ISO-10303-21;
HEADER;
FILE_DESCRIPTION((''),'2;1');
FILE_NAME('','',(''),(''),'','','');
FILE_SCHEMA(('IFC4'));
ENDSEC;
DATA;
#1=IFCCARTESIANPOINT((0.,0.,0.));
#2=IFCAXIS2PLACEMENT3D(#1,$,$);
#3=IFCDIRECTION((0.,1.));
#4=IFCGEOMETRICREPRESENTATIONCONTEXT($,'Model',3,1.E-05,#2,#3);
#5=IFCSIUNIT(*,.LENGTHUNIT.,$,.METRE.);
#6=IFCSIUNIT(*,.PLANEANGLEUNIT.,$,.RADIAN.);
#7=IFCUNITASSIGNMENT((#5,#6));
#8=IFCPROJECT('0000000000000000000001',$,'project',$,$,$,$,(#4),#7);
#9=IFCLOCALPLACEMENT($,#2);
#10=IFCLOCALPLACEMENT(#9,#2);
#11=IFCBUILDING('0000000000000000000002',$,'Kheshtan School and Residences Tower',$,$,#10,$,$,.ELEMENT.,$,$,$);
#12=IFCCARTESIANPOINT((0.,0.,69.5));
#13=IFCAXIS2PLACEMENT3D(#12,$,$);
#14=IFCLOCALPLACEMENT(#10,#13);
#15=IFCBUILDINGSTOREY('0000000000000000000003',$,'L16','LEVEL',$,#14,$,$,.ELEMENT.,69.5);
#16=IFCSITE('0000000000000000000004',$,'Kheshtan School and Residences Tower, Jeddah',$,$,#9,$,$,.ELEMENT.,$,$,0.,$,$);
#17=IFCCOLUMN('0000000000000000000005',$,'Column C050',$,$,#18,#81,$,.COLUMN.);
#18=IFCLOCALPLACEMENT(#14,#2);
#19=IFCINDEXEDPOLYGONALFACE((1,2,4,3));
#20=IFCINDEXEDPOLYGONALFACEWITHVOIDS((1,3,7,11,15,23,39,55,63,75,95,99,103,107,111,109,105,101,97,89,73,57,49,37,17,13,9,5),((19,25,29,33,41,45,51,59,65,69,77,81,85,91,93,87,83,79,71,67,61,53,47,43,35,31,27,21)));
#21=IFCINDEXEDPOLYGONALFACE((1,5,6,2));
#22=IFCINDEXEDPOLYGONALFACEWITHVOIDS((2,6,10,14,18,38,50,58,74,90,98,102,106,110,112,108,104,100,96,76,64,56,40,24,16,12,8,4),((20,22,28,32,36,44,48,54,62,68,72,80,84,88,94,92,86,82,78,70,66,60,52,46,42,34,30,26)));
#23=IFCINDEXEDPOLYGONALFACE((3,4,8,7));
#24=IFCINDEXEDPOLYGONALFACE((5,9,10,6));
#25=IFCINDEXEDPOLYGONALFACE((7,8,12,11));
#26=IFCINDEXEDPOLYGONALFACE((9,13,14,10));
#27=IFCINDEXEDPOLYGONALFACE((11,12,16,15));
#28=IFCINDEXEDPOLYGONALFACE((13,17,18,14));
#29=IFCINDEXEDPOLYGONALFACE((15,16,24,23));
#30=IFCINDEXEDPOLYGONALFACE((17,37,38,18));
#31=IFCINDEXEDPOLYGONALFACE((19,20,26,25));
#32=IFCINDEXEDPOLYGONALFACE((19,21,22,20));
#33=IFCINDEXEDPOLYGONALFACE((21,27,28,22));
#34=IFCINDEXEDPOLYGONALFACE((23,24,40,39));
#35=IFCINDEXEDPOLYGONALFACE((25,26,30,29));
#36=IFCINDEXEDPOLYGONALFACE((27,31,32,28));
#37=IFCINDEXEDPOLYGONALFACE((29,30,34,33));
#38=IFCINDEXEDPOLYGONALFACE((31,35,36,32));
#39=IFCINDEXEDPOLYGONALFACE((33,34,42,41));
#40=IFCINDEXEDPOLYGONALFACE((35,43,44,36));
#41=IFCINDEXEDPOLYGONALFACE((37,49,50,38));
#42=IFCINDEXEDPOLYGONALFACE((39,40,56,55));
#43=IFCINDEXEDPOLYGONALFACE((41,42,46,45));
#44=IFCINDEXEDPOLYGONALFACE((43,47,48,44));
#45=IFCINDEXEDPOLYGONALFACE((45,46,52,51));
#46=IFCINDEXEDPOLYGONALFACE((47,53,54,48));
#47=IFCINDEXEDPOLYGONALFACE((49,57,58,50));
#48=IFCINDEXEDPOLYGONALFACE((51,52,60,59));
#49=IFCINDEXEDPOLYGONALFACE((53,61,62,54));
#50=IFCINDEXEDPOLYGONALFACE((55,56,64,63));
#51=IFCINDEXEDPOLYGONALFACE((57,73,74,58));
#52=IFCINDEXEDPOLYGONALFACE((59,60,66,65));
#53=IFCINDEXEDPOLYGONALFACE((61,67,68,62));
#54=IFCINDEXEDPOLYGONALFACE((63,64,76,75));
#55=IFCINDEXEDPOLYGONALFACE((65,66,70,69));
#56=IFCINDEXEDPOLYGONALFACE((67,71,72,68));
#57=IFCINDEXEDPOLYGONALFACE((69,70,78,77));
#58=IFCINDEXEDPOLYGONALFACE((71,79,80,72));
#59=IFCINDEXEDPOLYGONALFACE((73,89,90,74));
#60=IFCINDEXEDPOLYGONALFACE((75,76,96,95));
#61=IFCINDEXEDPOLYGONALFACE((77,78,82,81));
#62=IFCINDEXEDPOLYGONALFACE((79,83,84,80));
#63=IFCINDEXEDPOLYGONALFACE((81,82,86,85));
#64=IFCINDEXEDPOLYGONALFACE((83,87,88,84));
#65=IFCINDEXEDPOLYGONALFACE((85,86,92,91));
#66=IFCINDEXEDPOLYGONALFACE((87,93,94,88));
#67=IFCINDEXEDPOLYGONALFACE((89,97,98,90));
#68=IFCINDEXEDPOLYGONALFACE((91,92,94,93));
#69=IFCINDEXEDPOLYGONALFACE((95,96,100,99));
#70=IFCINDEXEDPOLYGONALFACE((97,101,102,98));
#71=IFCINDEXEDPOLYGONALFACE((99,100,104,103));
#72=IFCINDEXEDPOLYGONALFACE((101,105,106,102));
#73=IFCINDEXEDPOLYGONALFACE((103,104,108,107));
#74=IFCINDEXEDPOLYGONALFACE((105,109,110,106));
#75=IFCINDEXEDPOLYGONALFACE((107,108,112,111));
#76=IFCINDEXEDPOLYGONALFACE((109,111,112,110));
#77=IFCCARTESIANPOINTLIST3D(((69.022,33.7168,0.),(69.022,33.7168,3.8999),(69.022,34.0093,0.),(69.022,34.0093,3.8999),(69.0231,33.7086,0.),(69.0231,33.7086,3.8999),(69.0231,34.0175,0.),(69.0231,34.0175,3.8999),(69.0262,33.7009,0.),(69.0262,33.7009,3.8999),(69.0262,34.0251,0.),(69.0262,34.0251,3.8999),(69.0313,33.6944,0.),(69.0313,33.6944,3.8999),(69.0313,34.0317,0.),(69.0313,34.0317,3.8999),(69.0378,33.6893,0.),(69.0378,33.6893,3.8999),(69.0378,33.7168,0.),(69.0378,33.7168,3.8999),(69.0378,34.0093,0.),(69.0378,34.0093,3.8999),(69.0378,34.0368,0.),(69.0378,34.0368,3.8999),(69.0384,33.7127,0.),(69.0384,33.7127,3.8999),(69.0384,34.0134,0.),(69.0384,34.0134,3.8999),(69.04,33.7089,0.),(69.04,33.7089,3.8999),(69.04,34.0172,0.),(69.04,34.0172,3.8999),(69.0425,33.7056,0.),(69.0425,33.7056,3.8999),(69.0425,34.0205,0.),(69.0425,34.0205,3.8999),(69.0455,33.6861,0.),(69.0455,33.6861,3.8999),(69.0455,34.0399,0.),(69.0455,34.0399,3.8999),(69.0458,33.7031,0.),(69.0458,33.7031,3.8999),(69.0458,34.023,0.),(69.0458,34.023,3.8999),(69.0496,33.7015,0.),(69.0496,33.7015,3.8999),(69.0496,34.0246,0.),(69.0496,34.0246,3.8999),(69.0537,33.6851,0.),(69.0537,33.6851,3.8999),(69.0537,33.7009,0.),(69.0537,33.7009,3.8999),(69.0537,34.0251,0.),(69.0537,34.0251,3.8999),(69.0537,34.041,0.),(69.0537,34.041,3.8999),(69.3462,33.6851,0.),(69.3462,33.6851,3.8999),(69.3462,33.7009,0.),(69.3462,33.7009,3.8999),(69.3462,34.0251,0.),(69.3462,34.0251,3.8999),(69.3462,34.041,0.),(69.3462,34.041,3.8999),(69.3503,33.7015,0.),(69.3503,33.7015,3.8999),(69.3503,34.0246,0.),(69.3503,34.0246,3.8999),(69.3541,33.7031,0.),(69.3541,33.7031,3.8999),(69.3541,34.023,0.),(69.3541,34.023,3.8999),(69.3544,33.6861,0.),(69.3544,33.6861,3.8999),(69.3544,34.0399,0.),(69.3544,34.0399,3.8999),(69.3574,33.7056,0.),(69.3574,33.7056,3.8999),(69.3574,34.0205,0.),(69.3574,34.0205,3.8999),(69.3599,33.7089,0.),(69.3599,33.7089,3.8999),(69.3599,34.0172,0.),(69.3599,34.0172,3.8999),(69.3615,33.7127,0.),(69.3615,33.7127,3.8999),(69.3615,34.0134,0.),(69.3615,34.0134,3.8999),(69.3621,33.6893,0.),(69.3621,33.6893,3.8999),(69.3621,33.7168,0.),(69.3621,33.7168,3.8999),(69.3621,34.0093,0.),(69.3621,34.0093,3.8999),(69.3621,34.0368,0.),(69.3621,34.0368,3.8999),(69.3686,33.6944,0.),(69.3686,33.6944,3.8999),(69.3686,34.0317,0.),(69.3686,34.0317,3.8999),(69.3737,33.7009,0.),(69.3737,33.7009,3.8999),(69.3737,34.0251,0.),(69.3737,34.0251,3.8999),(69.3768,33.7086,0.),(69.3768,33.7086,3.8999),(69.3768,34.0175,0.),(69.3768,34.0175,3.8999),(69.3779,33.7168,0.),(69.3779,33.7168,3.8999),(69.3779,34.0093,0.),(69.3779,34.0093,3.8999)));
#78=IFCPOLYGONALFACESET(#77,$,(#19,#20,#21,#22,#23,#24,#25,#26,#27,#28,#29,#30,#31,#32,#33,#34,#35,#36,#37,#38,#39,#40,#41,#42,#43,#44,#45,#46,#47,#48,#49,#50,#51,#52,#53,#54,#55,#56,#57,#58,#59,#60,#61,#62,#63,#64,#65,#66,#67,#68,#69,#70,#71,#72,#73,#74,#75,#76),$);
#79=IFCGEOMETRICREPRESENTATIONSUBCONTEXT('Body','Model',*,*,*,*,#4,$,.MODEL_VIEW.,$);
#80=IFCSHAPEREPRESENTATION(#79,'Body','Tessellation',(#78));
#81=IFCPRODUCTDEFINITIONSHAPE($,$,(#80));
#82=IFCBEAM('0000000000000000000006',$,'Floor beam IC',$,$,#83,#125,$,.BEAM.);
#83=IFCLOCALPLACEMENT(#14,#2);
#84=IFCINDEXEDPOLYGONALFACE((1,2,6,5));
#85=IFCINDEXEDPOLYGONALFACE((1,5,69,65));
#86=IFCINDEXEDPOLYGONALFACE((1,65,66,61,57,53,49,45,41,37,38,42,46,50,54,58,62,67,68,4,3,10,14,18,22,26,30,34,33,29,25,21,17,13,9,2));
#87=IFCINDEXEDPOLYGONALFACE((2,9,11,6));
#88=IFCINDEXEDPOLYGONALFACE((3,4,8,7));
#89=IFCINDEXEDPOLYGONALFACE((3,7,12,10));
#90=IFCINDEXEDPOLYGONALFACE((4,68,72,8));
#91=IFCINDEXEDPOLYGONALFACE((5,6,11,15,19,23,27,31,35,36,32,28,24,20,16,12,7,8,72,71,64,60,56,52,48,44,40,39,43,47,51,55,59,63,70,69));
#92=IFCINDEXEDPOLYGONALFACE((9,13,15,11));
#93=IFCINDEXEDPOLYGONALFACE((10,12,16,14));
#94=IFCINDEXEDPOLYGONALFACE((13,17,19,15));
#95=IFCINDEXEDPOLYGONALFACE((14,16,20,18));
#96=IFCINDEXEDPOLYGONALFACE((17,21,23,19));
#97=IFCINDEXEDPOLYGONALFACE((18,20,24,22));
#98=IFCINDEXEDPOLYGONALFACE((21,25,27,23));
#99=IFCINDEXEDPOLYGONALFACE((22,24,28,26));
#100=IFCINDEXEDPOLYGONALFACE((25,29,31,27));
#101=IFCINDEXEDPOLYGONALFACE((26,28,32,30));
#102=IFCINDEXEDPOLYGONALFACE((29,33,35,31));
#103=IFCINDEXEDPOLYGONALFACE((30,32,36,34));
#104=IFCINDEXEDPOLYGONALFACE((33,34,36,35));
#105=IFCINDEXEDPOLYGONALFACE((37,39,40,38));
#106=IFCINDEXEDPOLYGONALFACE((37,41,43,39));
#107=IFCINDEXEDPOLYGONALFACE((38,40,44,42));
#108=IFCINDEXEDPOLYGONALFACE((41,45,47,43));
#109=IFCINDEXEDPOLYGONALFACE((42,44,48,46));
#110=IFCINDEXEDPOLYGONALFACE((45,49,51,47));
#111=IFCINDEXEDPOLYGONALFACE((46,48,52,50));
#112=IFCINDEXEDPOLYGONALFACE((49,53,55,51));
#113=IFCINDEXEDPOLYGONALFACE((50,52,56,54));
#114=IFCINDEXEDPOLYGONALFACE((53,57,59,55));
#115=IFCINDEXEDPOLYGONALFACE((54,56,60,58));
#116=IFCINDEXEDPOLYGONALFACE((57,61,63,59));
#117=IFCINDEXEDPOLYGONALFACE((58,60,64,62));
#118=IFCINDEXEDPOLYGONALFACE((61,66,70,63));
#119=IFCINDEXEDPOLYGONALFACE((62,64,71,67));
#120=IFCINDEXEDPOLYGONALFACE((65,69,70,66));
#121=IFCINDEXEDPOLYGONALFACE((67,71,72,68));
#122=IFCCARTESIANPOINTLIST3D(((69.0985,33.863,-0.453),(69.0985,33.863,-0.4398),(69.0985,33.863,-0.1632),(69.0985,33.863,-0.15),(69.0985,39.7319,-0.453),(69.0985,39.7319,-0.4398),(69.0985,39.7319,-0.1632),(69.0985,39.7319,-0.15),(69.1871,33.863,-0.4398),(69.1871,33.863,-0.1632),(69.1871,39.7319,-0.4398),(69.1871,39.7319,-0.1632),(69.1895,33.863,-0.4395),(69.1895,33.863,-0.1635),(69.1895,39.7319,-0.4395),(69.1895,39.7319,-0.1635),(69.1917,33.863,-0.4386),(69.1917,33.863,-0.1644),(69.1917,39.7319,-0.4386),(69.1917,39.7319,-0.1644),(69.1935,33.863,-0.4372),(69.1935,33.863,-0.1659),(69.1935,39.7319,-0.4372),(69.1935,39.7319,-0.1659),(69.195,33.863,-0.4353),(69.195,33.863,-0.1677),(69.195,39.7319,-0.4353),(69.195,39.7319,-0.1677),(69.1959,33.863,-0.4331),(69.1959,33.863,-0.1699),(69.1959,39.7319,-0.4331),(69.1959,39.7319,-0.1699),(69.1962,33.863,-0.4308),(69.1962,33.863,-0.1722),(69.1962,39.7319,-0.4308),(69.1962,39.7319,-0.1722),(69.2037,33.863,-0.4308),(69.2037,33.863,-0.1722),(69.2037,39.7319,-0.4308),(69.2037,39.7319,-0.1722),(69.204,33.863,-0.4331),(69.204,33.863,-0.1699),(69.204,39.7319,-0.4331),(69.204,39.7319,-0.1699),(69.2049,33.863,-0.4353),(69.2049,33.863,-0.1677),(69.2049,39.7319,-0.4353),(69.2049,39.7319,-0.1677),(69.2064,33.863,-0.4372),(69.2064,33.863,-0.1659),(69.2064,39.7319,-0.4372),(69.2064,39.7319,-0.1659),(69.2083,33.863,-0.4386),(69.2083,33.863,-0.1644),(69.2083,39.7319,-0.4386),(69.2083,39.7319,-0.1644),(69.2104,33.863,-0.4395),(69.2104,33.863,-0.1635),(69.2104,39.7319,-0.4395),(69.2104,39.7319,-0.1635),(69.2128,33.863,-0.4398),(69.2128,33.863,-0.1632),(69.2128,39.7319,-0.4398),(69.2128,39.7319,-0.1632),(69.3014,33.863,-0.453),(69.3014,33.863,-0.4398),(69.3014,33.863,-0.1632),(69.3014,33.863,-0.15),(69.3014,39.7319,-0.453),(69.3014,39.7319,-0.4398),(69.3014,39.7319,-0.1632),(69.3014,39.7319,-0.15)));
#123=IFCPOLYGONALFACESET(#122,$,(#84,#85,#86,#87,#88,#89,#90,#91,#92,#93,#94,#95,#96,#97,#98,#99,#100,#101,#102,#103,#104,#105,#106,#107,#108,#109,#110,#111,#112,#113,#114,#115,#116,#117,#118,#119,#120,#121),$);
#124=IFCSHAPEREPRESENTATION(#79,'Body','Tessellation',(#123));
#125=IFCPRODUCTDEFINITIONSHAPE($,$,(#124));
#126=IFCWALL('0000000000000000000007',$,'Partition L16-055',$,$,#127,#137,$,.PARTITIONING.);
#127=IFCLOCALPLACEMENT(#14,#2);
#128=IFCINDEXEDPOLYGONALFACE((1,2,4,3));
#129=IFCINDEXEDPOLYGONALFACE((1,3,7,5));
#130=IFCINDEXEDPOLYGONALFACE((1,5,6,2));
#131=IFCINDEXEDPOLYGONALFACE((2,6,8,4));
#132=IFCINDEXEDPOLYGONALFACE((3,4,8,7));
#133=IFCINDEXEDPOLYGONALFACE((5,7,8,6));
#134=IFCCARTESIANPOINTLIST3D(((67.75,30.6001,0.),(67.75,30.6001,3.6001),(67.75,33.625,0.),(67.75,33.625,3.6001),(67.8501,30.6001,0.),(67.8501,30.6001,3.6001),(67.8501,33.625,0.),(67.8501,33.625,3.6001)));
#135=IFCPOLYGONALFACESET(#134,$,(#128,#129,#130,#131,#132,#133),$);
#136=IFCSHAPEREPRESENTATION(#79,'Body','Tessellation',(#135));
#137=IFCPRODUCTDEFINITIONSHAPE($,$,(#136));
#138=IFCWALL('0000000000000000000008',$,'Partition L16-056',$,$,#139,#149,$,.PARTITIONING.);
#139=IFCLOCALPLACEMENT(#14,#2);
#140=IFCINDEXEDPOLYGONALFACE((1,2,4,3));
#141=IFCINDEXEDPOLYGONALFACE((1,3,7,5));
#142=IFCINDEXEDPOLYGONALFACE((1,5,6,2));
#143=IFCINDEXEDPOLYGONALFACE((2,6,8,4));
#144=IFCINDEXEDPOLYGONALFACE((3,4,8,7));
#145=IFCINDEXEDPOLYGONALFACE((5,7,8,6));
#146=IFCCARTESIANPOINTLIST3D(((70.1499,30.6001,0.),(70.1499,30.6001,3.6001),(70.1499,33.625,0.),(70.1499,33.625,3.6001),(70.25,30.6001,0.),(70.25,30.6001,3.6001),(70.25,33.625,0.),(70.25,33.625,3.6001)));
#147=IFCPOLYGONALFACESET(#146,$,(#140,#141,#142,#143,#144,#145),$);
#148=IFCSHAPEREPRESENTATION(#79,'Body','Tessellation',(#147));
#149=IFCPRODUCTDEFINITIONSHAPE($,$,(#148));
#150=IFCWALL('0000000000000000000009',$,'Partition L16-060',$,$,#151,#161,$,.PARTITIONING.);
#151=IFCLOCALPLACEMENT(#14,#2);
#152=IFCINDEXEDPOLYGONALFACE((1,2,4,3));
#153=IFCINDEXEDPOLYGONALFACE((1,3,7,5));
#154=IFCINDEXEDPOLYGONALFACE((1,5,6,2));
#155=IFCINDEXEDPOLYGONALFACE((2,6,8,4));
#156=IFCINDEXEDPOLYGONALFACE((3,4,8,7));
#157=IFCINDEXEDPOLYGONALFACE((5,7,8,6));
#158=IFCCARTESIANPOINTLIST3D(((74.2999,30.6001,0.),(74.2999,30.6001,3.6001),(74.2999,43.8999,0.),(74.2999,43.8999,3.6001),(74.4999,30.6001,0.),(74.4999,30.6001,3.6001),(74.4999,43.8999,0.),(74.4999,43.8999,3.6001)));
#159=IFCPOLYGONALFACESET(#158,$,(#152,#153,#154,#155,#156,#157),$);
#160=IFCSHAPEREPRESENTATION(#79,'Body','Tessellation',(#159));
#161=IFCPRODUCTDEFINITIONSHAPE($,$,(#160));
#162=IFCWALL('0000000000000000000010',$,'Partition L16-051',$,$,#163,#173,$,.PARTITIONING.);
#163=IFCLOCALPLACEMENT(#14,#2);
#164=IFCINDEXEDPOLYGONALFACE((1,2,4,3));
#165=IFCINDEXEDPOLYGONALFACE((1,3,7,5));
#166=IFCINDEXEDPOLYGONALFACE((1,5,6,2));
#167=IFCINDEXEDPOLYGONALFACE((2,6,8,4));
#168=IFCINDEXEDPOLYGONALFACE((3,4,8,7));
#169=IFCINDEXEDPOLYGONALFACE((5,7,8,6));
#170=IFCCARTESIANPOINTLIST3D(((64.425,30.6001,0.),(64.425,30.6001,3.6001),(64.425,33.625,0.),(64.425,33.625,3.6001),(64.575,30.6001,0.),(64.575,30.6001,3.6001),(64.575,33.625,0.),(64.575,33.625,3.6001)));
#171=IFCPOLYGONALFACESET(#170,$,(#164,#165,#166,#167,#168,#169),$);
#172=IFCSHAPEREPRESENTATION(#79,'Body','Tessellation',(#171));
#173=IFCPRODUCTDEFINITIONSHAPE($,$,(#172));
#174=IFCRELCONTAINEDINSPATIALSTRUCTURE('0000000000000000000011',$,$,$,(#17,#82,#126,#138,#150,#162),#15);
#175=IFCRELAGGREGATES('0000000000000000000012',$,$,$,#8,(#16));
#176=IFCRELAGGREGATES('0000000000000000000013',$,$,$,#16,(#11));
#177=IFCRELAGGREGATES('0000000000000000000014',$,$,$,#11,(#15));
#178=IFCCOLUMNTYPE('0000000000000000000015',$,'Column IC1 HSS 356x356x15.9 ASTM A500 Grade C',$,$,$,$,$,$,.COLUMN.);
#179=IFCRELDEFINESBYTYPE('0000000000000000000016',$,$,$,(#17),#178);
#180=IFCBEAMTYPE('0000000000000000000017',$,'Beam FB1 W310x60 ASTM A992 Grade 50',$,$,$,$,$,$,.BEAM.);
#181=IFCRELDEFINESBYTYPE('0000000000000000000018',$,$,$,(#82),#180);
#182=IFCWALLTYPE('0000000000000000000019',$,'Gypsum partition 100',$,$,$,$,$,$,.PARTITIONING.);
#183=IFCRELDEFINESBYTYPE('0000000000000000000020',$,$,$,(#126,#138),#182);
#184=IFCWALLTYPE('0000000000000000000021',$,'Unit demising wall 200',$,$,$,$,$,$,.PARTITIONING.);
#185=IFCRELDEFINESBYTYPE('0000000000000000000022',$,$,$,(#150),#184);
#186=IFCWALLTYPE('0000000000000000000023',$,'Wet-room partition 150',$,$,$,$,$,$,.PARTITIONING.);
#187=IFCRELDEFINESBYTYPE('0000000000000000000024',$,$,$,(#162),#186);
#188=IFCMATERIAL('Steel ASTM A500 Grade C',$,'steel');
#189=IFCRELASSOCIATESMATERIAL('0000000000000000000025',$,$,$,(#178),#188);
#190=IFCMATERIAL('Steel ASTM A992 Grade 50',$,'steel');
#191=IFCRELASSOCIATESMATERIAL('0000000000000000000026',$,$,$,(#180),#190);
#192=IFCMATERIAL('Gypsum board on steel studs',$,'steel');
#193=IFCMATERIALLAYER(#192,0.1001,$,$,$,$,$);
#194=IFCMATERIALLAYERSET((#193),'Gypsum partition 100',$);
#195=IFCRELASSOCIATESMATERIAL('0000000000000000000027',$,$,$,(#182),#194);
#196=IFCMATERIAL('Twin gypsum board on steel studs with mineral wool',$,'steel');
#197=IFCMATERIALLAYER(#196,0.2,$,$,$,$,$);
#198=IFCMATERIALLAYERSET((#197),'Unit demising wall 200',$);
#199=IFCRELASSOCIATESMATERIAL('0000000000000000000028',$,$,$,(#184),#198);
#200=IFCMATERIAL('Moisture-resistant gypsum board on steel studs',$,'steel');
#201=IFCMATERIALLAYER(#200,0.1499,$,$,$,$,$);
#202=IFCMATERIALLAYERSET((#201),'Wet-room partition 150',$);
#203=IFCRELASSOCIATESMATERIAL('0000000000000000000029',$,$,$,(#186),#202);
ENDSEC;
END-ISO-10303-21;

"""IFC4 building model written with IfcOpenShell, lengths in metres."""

from ifc_helpers import new_model, si_unit, direction, frame, frame_2d, origin, origin_2d, place, context, subcontext, project, spatial, rectangle, hollow_rectangle, i_section, extrude, material, layer, layer_set, material_profile, profile_set, type_object, element, save


model = new_model("IFC4")

# Units and contexts
model_context = context("Model", 3, precision=1e-05, world=origin(), true_north=direction((0.0, 1.0)))
body_context = subcontext(model_context, "Body", "Model", "MODEL_VIEW")
ifc_project = project(units=[si_unit("LENGTHUNIT", "METRE"), si_unit("PLANEANGLEUNIT", "RADIAN")], contexts=[model_context])

# Site, building, storey
site_placement = place(None, origin())
site = spatial("IfcSite", under=ifc_project, at=site_placement, Name="Kheshtan School and Residences Tower, Jeddah", CompositionType="ELEMENT", RefElevation=0.0)
building_placement = place(site_placement, origin())
building = spatial("IfcBuilding", under=site, at=building_placement, Name="Kheshtan School and Residences Tower", CompositionType="ELEMENT")
storey_placement = place(building_placement, frame((0.0, 0.0, 69.5)))
storey = spatial("IfcBuildingStorey", under=building, at=storey_placement, Name="L16", Description="LEVEL", CompositionType="ELEMENT", Elevation=69.5)

# Column
ifc_material_1 = material(Name="Steel ASTM A500 Grade C", Category="steel")
ifc_material_profile_1 = material_profile(ifc_material_1, hollow_rectangle(XDim=0.356, YDim=0.356, WallThickness=0.0159, InnerFilletRadius=0.0159, OuterFilletRadius=0.0317, at=origin_2d()), Name="HSS 356x356x15.9")
ifc_profile_set_1 = profile_set([ifc_material_profile_1], Name="Steel ASTM A500 Grade C")
column_type = type_object("IfcColumnType", Name="Column IC1 HSS 356x356x15.9 ASTM A500 Grade C", PredefinedType="COLUMN", material=ifc_profile_set_1)
column_placement = place(storey_placement, frame((69.2, 33.863, 0.0), z_axis=(0.0, 0.0, 1.0), x_axis=(1.0, 0.0, 0.0)))
element("IfcColumn", 1, at=column_placement, inside=storey, type_object=column_type, Name="Column C050", PredefinedType="COLUMN", context=body_context, shape_type="SweptSolid", body=[
    extrude(hollow_rectangle(XDim=0.356, YDim=0.356, WallThickness=0.0159, InnerFilletRadius=0.0159, OuterFilletRadius=0.0317, at=origin_2d()), origin(), (0.0, 0.0, 1.0), 3.8999),
])

# Beam
ifc_material_2 = material(Name="Steel ASTM A992 Grade 50", Category="steel")
ifc_material_profile_2 = material_profile(ifc_material_2, i_section(OverallWidth=0.2029, OverallDepth=0.303, WebThickness=0.0076, FlangeThickness=0.0132, FilletRadius=0.009, at=origin_2d()), Name="W310x60")
ifc_profile_set_2 = profile_set([ifc_material_profile_2], Name="Steel ASTM A992 Grade 50")
beam_type = type_object("IfcBeamType", Name="Beam FB1 W310x60 ASTM A992 Grade 50", PredefinedType="BEAM", material=ifc_profile_set_2)
beam_placement = place(storey_placement, frame((69.2, 33.863, -0.3015), z_axis=(0.0, 1.0, 0.0), x_axis=(-1.0, 0.0, 0.0)))
element("IfcBeam", 2, at=beam_placement, inside=storey, type_object=beam_type, Name="Floor beam IC", PredefinedType="BEAM", context=body_context, shape_type="SweptSolid", body=[
    extrude(i_section(OverallWidth=0.2029, OverallDepth=0.303, WebThickness=0.0076, FlangeThickness=0.0132, FilletRadius=0.009, at=origin_2d()), origin(), (0.0, 0.0, 1.0), 5.8689),
])

# Walls
ifc_material_3 = material(Name="Gypsum board on steel studs", Category="steel")
ifc_layer_1 = layer(ifc_material_3, 0.1001)
ifc_layer_set_1 = layer_set([ifc_layer_1], Name="Gypsum partition 100")
wall_type_1 = type_object("IfcWallType", Name="Gypsum partition 100", PredefinedType="PARTITIONING", material=ifc_layer_set_1)
for number, where, z_axis, x_axis, name in (
    (3, (67.8, 30.6001, 0.0), (0.0, 0.0, 1.0), (0.0, 1.0, 0.0), "Partition L16-055"),
    (4, (70.2, 30.6001, 0.0), (0.0, 0.0, 1.0), (0.0, 1.0, 0.0), "Partition L16-056"),
):
    element("IfcWall", number, at=place(storey_placement, frame(where, z_axis=z_axis, x_axis=x_axis)), inside=storey, type_object=wall_type_1, Name=name, PredefinedType="PARTITIONING", context=body_context, shape_type="SweptSolid", body=[
        extrude(rectangle(XDim=3.0249, YDim=0.1001, at=frame_2d((1.5125, 0.0))), origin(), (0.0, 0.0, 1.0), 3.6001),
    ])
ifc_material_4 = material(Name="Twin gypsum board on steel studs with mineral wool", Category="steel")
ifc_layer_2 = layer(ifc_material_4, 0.2)
ifc_layer_set_2 = layer_set([ifc_layer_2], Name="Unit demising wall 200")
wall_type_2 = type_object("IfcWallType", Name="Unit demising wall 200", PredefinedType="PARTITIONING", material=ifc_layer_set_2)
wall_1_placement = place(storey_placement, frame((74.3999, 30.6001, 0.0), z_axis=(0.0, 0.0, 1.0), x_axis=(0.0, 1.0, 0.0)))
element("IfcWall", 5, at=wall_1_placement, inside=storey, type_object=wall_type_2, Name="Partition L16-060", PredefinedType="PARTITIONING", context=body_context, shape_type="SweptSolid", body=[
    extrude(rectangle(XDim=13.2998, YDim=0.2, at=frame_2d((6.6499, 0.0))), origin(), (0.0, 0.0, 1.0), 3.6001),
])
ifc_material_5 = material(Name="Moisture-resistant gypsum board on steel studs", Category="steel")
ifc_layer_3 = layer(ifc_material_5, 0.1499)
ifc_layer_set_3 = layer_set([ifc_layer_3], Name="Wet-room partition 150")
wall_type_3 = type_object("IfcWallType", Name="Wet-room partition 150", PredefinedType="PARTITIONING", material=ifc_layer_set_3)
wall_2_placement = place(storey_placement, frame((64.5, 30.6001, 0.0), z_axis=(0.0, 0.0, 1.0), x_axis=(0.0, 1.0, 0.0)))
element("IfcWall", 6, at=wall_2_placement, inside=storey, type_object=wall_type_3, Name="Partition L16-051", PredefinedType="PARTITIONING", context=body_context, shape_type="SweptSolid", body=[
    extrude(rectangle(XDim=3.0249, YDim=0.1499, at=frame_2d((1.5125, 0.0))), origin(), (0.0, 0.0, 1.0), 3.6001),
])

save(model, "model.ifc")
